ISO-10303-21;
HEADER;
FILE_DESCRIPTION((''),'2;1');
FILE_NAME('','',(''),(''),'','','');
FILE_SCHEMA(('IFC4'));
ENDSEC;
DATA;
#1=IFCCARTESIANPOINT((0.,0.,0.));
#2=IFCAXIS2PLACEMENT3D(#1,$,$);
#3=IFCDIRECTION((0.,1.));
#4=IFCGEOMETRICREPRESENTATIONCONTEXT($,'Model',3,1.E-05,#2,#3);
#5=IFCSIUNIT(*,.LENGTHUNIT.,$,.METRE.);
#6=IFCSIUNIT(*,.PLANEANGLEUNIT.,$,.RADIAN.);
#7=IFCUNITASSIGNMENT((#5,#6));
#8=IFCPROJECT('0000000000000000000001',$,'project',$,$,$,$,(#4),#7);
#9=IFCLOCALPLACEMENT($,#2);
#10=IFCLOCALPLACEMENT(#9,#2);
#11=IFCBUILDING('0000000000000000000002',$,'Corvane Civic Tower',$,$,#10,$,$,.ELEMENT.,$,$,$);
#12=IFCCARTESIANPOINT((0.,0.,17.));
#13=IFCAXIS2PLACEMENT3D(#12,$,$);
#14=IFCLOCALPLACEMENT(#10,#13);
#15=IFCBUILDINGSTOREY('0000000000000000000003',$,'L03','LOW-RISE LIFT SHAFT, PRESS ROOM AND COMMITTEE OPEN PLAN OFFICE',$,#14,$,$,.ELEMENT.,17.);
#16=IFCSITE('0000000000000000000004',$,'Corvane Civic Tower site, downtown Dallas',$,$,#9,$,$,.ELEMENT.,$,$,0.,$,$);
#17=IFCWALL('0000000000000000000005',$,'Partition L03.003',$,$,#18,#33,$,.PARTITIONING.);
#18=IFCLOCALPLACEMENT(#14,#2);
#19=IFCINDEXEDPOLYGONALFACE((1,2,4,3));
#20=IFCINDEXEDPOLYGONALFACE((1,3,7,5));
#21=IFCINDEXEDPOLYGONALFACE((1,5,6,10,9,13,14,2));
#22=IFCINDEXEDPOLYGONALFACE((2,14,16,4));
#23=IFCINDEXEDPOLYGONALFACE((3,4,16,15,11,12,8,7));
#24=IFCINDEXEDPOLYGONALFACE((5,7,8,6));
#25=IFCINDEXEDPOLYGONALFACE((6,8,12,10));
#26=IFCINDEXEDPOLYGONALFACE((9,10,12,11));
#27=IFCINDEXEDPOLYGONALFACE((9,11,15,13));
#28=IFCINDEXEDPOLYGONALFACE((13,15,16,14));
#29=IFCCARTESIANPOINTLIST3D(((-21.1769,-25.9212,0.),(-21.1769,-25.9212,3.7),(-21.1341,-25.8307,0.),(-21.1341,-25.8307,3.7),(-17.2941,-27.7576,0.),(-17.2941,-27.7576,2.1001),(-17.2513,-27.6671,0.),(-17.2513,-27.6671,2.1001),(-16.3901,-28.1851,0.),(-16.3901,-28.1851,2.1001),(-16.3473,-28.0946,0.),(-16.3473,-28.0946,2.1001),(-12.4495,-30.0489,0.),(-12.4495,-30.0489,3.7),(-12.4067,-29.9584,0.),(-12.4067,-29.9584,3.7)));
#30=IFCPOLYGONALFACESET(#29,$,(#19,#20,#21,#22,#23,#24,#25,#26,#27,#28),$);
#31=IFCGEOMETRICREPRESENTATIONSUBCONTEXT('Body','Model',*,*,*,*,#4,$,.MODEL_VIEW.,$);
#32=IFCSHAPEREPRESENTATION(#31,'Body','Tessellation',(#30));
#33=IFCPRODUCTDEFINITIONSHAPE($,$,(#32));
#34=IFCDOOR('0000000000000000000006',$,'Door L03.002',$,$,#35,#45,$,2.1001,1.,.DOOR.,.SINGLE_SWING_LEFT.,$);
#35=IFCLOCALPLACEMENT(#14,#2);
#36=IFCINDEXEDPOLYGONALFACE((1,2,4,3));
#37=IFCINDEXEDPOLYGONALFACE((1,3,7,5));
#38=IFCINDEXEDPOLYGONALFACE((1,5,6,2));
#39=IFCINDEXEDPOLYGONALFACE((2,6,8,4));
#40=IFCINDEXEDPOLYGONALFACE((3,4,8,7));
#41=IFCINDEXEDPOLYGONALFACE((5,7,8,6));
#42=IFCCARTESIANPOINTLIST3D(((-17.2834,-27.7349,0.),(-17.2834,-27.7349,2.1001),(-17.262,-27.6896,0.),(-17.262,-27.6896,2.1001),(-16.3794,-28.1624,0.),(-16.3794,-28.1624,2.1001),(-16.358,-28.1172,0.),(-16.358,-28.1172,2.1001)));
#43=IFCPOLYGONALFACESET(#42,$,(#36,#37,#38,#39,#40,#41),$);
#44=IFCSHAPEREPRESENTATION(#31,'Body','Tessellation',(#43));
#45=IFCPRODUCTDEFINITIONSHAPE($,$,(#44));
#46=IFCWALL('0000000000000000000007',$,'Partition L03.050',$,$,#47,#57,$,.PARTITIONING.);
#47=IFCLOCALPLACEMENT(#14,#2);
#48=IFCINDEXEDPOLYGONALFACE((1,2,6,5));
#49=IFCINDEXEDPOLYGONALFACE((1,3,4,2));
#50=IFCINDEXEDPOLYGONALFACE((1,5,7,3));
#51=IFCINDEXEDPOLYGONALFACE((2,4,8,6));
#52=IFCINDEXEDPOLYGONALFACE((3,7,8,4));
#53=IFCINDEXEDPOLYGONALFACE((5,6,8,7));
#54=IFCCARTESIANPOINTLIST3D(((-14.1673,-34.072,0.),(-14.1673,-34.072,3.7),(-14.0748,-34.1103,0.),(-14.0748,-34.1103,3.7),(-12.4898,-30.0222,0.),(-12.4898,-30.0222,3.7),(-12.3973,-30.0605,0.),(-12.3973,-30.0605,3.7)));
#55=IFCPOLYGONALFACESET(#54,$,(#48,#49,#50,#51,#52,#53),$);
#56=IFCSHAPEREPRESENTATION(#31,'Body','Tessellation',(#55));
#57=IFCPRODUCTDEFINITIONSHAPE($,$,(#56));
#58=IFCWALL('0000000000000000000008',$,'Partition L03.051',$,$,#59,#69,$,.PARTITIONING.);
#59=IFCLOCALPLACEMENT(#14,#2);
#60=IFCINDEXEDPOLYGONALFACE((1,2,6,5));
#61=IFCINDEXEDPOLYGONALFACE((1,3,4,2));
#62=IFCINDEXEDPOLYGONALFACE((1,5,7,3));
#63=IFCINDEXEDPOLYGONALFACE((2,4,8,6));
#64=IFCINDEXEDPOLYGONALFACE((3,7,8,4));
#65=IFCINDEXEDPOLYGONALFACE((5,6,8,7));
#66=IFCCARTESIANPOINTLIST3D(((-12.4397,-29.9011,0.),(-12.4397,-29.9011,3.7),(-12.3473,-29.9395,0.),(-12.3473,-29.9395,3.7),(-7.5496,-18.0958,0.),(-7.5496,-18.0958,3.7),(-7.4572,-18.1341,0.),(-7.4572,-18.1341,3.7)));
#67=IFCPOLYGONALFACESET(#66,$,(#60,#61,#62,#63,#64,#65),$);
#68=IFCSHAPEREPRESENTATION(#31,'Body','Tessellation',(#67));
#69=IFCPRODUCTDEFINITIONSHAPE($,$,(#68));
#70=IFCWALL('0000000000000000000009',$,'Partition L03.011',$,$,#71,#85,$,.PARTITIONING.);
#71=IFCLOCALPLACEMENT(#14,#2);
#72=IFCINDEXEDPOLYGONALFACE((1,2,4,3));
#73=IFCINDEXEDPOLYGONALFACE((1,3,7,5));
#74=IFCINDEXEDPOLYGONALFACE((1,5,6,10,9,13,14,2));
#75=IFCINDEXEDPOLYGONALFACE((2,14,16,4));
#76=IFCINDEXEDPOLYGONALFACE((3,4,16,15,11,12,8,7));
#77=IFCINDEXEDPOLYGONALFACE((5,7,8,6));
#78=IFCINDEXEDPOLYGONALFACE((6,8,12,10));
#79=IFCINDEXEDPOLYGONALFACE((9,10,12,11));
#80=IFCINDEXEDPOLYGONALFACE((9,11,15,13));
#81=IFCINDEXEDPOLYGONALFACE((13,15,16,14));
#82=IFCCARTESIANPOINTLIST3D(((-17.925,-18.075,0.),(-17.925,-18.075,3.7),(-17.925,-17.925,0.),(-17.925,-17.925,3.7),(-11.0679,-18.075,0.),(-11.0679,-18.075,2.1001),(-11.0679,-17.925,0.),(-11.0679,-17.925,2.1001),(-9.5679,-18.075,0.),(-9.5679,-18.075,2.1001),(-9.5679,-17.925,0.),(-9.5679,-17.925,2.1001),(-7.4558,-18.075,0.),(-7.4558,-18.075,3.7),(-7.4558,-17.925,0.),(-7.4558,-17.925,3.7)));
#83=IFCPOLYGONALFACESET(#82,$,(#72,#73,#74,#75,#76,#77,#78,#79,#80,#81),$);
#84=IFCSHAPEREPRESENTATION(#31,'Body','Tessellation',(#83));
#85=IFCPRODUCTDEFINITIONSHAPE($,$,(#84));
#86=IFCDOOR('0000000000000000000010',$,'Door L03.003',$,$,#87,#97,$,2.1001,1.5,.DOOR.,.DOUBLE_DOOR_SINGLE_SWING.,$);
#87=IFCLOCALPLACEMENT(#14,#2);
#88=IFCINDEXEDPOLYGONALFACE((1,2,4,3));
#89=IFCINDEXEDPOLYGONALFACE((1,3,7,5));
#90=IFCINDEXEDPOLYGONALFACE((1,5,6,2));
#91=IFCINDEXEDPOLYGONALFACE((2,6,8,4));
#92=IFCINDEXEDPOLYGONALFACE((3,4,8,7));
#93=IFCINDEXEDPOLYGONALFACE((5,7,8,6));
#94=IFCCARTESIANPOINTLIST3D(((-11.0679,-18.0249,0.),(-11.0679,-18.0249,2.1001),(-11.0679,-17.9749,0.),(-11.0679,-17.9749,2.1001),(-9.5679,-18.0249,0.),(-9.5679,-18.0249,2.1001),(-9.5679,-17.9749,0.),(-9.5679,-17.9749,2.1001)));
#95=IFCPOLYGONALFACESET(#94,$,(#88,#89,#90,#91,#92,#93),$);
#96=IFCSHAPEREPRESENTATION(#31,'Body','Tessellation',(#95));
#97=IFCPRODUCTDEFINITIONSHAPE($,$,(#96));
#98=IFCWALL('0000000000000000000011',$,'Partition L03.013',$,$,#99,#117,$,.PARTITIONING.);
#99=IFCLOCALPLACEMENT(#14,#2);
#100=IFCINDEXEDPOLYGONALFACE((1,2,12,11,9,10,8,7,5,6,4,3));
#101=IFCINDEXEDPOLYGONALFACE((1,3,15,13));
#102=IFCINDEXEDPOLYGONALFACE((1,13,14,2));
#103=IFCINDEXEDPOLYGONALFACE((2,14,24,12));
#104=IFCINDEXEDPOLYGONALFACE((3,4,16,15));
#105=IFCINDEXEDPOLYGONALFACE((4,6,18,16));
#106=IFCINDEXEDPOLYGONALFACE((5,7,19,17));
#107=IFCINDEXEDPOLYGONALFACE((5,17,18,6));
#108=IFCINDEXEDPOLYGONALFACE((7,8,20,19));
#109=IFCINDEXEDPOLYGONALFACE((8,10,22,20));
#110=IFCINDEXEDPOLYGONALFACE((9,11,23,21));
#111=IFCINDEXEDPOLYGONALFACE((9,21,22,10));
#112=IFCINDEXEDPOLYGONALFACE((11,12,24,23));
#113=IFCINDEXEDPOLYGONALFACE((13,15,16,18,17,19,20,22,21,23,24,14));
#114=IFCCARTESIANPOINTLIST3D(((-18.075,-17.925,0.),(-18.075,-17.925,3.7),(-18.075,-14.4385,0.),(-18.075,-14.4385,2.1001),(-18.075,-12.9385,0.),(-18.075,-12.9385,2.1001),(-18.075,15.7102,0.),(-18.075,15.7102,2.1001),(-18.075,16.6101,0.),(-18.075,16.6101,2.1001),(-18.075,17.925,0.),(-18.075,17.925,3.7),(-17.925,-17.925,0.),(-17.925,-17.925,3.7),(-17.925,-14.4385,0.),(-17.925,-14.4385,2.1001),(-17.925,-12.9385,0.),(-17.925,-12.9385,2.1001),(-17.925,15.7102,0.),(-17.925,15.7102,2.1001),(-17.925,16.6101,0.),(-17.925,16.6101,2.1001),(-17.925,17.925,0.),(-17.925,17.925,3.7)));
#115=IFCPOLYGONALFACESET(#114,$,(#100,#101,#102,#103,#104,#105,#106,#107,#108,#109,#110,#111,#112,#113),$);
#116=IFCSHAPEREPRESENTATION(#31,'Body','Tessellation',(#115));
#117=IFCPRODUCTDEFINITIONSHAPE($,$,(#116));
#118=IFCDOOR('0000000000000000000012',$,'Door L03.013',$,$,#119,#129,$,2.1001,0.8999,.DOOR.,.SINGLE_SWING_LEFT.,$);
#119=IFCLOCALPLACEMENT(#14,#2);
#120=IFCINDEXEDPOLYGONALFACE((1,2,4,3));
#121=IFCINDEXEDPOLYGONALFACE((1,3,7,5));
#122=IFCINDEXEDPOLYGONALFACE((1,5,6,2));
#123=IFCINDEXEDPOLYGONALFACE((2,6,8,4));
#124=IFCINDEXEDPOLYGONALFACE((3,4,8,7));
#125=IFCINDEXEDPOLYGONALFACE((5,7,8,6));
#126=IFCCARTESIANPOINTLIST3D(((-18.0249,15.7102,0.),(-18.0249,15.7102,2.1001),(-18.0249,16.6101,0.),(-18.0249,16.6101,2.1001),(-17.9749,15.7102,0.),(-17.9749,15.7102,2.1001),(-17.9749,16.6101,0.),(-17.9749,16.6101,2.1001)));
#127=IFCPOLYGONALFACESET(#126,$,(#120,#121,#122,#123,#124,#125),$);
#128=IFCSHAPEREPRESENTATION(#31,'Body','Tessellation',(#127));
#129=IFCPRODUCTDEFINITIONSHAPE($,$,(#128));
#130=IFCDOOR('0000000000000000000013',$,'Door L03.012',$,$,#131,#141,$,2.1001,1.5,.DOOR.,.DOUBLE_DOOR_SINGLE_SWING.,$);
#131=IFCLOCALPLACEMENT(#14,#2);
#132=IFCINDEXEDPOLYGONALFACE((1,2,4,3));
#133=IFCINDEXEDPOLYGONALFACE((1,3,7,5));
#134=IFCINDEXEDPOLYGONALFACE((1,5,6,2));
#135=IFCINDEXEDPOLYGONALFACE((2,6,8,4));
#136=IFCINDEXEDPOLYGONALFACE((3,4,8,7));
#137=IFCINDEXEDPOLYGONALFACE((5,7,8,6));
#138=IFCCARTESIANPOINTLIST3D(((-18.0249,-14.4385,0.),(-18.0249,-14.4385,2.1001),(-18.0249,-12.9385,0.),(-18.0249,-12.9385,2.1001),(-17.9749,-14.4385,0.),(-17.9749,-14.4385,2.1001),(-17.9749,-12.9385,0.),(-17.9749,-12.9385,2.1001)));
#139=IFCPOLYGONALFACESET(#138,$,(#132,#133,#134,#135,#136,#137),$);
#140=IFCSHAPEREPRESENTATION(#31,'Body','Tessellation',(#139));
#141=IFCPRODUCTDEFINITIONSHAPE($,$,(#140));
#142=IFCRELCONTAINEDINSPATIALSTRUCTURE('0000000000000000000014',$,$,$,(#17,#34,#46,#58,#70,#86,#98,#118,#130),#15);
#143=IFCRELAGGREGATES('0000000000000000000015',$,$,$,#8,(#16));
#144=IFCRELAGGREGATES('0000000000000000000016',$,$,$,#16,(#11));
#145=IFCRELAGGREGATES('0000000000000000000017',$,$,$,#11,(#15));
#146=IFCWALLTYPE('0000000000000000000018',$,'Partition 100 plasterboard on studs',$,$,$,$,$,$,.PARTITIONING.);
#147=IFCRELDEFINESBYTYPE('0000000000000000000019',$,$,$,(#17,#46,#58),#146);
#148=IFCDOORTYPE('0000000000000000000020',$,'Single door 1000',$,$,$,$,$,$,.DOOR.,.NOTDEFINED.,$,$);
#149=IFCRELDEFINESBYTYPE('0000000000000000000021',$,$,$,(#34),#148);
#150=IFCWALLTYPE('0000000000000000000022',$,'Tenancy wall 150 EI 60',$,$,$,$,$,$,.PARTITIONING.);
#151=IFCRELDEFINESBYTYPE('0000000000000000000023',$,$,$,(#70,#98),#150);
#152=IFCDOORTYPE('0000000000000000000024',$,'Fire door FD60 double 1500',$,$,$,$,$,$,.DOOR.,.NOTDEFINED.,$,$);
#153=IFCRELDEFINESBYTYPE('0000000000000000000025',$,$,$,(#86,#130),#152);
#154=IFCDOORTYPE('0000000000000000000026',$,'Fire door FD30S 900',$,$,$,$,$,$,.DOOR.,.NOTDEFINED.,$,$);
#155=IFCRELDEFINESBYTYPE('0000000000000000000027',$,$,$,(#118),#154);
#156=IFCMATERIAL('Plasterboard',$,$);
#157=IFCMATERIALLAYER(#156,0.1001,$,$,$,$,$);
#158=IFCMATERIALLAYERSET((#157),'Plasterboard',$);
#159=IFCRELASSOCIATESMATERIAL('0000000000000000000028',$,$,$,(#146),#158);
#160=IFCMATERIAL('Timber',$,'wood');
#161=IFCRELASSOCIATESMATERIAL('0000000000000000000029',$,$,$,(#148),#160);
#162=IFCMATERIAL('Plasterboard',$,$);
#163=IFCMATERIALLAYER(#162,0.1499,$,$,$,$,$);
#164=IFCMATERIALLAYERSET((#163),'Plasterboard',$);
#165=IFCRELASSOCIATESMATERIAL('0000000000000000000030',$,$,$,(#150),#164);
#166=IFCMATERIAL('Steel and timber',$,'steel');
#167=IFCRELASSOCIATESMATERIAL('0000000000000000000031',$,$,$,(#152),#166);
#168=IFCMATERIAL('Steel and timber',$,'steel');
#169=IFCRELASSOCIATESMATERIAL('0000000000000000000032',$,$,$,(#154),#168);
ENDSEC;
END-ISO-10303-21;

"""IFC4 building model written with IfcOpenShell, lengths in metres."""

from ifc_helpers import new_model, si_unit, direction, frame, frame_2d, origin, place, context, subcontext, project, spatial, rectangle, extrude, material, layer, layer_set, type_object, element, fill, save


model = new_model("IFC4")

# Units and contexts
model_context = context("Model", 3, precision=1e-05, world=origin(), true_north=direction((0.0, 1.0)))
body_context = subcontext(model_context, "Body", "Model", "MODEL_VIEW")
ifc_project = project(units=[si_unit("LENGTHUNIT", "METRE"), si_unit("PLANEANGLEUNIT", "RADIAN")], contexts=[model_context])

# Site, building, storey
site_placement = place(None, origin())
site = spatial("IfcSite", under=ifc_project, at=site_placement, Name="Corvane Civic Tower site, downtown Dallas", CompositionType="ELEMENT", RefElevation=0.0)
building_placement = place(site_placement, origin())
building = spatial("IfcBuilding", under=site, at=building_placement, Name="Corvane Civic Tower", CompositionType="ELEMENT")
storey_placement = place(building_placement, frame((0.0, 0.0, 17.0)))
storey = spatial("IfcBuildingStorey", under=building, at=storey_placement, Name="L03", Description="LOW-RISE LIFT SHAFT, PRESS ROOM AND COMMITTEE OPEN PLAN OFFICE", CompositionType="ELEMENT", Elevation=17.0)

# Wall, opening, door
ifc_material_1 = material(Name="Plasterboard")
ifc_layer_1 = layer(ifc_material_1, 0.1001)
ifc_layer_set_1 = layer_set([ifc_layer_1], Name="Plasterboard")
wall_type_1 = type_object("IfcWallType", Name="Partition 100 plasterboard on studs", PredefinedType="PARTITIONING", material=ifc_layer_set_1)
wall_1_placement = place(storey_placement, frame((-21.1555, -25.876, 0.0), z_axis=(0.0, 0.0, 1.0), x_axis=(0.903995, -0.427544, 0.0)))
wall_1 = element("IfcWall", 1, at=wall_1_placement, inside=storey, type_object=wall_type_1, Name="Partition L03.003", PredefinedType="PARTITIONING", context=body_context, shape_type="SweptSolid", body=[
    extrude(rectangle(XDim=9.6543, YDim=0.1001, at=frame_2d((4.8271, 0.0))), origin(), (0.0, 0.0, 1.0), 3.7),
])
opening_1_placement = place(wall_1_placement, frame((4.2952, 0.0, 0.0)))
opening_1 = element("IfcOpeningElement", 2, at=opening_1_placement, cuts=wall_1, PredefinedType="OPENING", context=body_context, shape_type="SweptSolid", body=[
    extrude(rectangle(XDim=1.0, YDim=2.1001, at=frame_2d((0.5, 1.05))), frame((0.0, 0.0601, 0.0), z_axis=(0.0, -1.0, 0.0), x_axis=(1.0, 0.0, 0.0)), (0.0, 0.0, 1.0), 0.1201),
])
ifc_material_2 = material(Name="Timber", Category="wood")
door_type_1 = type_object("IfcDoorType", Name="Single door 1000", OperationType="NOTDEFINED", PredefinedType="DOOR", material=ifc_material_2)
door_1_placement = place(opening_1_placement, frame((1.0, 0.0, 0.0), z_axis=(0.0, 0.0, 1.0), x_axis=(-1.0, 0.0, 0.0)))
door_1 = element("IfcDoor", 3, at=door_1_placement, inside=storey, type_object=door_type_1, Name="Door L03.002", OperationType="SINGLE_SWING_LEFT", OverallHeight=2.1001, OverallWidth=1.0, PredefinedType="DOOR", context=body_context, shape_type="SweptSolid", body=[
    extrude(rectangle(XDim=1.0, YDim=2.1001, at=frame_2d((0.5, 1.05))), frame((0.0, 0.0249, 0.0), z_axis=(0.0, -1.0, 0.0), x_axis=(1.0, 0.0, 0.0)), (0.0, 0.0, 1.0), 0.05),
])
fill(opening_1, door_1)

# Walls
wall_2_placement = place(storey_placement, frame((-14.1211, -34.0913, 0.0), z_axis=(0.0, 0.0, 1.0), x_axis=(0.382685, 0.923879, 0.0)))
element("IfcWall", 4, at=wall_2_placement, inside=storey, type_object=wall_type_1, Name="Partition L03.050", PredefinedType="PARTITIONING", context=body_context, shape_type="SweptSolid", body=[
    extrude(rectangle(XDim=4.3835, YDim=0.1001, at=frame_2d((2.1919, 0.0))), origin(), (0.0, 0.0, 1.0), 3.7),
])
wall_3_placement = place(storey_placement, frame((-12.3936, -29.9204, 0.0), z_axis=(0.0, 0.0, 1.0), x_axis=(0.382695, 0.923875, 0.0)))
element("IfcWall", 5, at=wall_3_placement, inside=storey, type_object=wall_type_1, Name="Partition L03.051", PredefinedType="PARTITIONING", context=body_context, shape_type="SweptSolid", body=[
    extrude(rectangle(XDim=12.7781, YDim=0.1001, at=frame_2d((6.3892, 0.0))), origin(), (0.0, 0.0, 1.0), 3.7),
])

# Wall, opening, door
ifc_material_3 = material(Name="Plasterboard")
ifc_layer_2 = layer(ifc_material_3, 0.1499)
ifc_layer_set_2 = layer_set([ifc_layer_2], Name="Plasterboard")
wall_type_2 = type_object("IfcWallType", Name="Tenancy wall 150 EI 60", PredefinedType="PARTITIONING", material=ifc_layer_set_2)
wall_4_placement = place(storey_placement, frame((-17.925, -18.0, 0.0), z_axis=(0.0, 0.0, 1.0), x_axis=(1.0, 0.0, 0.0)))
wall_4 = element("IfcWall", 6, at=wall_4_placement, inside=storey, type_object=wall_type_2, Name="Partition L03.011", PredefinedType="PARTITIONING", context=body_context, shape_type="SweptSolid", body=[
    extrude(rectangle(XDim=10.4692, YDim=0.1499, at=frame_2d((5.2346, 0.0))), origin(), (0.0, 0.0, 1.0), 3.7),
])
opening_2_placement = place(wall_4_placement, frame((6.8572, 0.0, 0.0)))
opening_2 = element("IfcOpeningElement", 7, at=opening_2_placement, cuts=wall_4, PredefinedType="OPENING", context=body_context, shape_type="SweptSolid", body=[
    extrude(rectangle(XDim=1.5, YDim=2.1001, at=frame_2d((0.75, 1.05))), frame((0.0, 0.085, 0.0), z_axis=(0.0, -1.0, 0.0), x_axis=(1.0, 0.0, 0.0)), (0.0, 0.0, 1.0), 0.1699),
])
ifc_material_4 = material(Name="Steel and timber", Category="steel")
door_type_2 = type_object("IfcDoorType", Name="Fire door FD60 double 1500", OperationType="NOTDEFINED", PredefinedType="DOOR", material=ifc_material_4)
door_2_placement = place(opening_2_placement, frame((1.5, 0.0, 0.0), z_axis=(0.0, 0.0, 1.0), x_axis=(-1.0, 0.0, 0.0)))
door_2 = element("IfcDoor", 8, at=door_2_placement, inside=storey, type_object=door_type_2, Name="Door L03.003", OperationType="DOUBLE_DOOR_SINGLE_SWING", OverallHeight=2.1001, OverallWidth=1.5, PredefinedType="DOOR", context=body_context, shape_type="SweptSolid", body=[
    extrude(rectangle(XDim=1.5, YDim=2.1001, at=frame_2d((0.75, 1.05))), frame((0.0, 0.0249, 0.0), z_axis=(0.0, -1.0, 0.0), x_axis=(1.0, 0.0, 0.0)), (0.0, 0.0, 1.0), 0.05),
])
fill(opening_2, door_2)

# Wall, openings, doors
wall_5_placement = place(storey_placement, frame((-18.0, -17.925, 0.0), z_axis=(0.0, 0.0, 1.0), x_axis=(0.0, 1.0, 0.0)))
wall_5 = element("IfcWall", 9, at=wall_5_placement, inside=storey, type_object=wall_type_2, Name="Partition L03.013", PredefinedType="PARTITIONING", context=body_context, shape_type="SweptSolid", body=[
    extrude(rectangle(XDim=35.8501, YDim=0.1499, at=frame_2d((17.925, 0.0))), origin(), (0.0, 0.0, 1.0), 3.7),
])
opening_3_placement = place(wall_5_placement, frame((3.4866, 0.0, 0.0)))
opening_3 = element("IfcOpeningElement", 10, at=opening_3_placement, cuts=wall_5, PredefinedType="OPENING", context=body_context, shape_type="SweptSolid", body=[
    extrude(rectangle(XDim=1.5, YDim=2.1001, at=frame_2d((0.75, 1.05))), frame((0.0, 0.085, 0.0), z_axis=(0.0, -1.0, 0.0), x_axis=(1.0, 0.0, 0.0)), (0.0, 0.0, 1.0), 0.1699),
])
opening_4_placement = place(wall_5_placement, frame((33.6353, 0.0, 0.0)))
opening_4 = element("IfcOpeningElement", 11, at=opening_4_placement, cuts=wall_5, PredefinedType="OPENING", context=body_context, shape_type="SweptSolid", body=[
    extrude(rectangle(XDim=0.8999, YDim=2.1001, at=frame_2d((0.45, 1.05))), frame((0.0, 0.085, 0.0), z_axis=(0.0, -1.0, 0.0), x_axis=(1.0, 0.0, 0.0)), (0.0, 0.0, 1.0), 0.1699),
])
ifc_material_5 = material(Name="Steel and timber", Category="steel")
door_type_3 = type_object("IfcDoorType", Name="Fire door FD30S 900", OperationType="NOTDEFINED", PredefinedType="DOOR", material=ifc_material_5)
door_3_placement = place(opening_4_placement, origin())
door_3 = element("IfcDoor", 12, at=door_3_placement, inside=storey, type_object=door_type_3, Name="Door L03.013", OperationType="SINGLE_SWING_LEFT", OverallHeight=2.1001, OverallWidth=0.8999, PredefinedType="DOOR", context=body_context, shape_type="SweptSolid", body=[
    extrude(rectangle(XDim=0.8999, YDim=2.1001, at=frame_2d((0.45, 1.05))), frame((0.0, 0.0249, 0.0), z_axis=(0.0, -1.0, 0.0), x_axis=(1.0, 0.0, 0.0)), (0.0, 0.0, 1.0), 0.05),
])
fill(opening_4, door_3)
door_4_placement = place(opening_3_placement, origin())
door_4 = element("IfcDoor", 13, at=door_4_placement, inside=storey, type_object=door_type_2, Name="Door L03.012", OperationType="DOUBLE_DOOR_SINGLE_SWING", OverallHeight=2.1001, OverallWidth=1.5, PredefinedType="DOOR", context=body_context, shape_type="SweptSolid", body=[
    extrude(rectangle(XDim=1.5, YDim=2.1001, at=frame_2d((0.75, 1.05))), frame((0.0, 0.0249, 0.0), z_axis=(0.0, -1.0, 0.0), x_axis=(1.0, 0.0, 0.0)), (0.0, 0.0, 1.0), 0.05),
])
fill(opening_3, door_4)

save(model, "model.ifc")
